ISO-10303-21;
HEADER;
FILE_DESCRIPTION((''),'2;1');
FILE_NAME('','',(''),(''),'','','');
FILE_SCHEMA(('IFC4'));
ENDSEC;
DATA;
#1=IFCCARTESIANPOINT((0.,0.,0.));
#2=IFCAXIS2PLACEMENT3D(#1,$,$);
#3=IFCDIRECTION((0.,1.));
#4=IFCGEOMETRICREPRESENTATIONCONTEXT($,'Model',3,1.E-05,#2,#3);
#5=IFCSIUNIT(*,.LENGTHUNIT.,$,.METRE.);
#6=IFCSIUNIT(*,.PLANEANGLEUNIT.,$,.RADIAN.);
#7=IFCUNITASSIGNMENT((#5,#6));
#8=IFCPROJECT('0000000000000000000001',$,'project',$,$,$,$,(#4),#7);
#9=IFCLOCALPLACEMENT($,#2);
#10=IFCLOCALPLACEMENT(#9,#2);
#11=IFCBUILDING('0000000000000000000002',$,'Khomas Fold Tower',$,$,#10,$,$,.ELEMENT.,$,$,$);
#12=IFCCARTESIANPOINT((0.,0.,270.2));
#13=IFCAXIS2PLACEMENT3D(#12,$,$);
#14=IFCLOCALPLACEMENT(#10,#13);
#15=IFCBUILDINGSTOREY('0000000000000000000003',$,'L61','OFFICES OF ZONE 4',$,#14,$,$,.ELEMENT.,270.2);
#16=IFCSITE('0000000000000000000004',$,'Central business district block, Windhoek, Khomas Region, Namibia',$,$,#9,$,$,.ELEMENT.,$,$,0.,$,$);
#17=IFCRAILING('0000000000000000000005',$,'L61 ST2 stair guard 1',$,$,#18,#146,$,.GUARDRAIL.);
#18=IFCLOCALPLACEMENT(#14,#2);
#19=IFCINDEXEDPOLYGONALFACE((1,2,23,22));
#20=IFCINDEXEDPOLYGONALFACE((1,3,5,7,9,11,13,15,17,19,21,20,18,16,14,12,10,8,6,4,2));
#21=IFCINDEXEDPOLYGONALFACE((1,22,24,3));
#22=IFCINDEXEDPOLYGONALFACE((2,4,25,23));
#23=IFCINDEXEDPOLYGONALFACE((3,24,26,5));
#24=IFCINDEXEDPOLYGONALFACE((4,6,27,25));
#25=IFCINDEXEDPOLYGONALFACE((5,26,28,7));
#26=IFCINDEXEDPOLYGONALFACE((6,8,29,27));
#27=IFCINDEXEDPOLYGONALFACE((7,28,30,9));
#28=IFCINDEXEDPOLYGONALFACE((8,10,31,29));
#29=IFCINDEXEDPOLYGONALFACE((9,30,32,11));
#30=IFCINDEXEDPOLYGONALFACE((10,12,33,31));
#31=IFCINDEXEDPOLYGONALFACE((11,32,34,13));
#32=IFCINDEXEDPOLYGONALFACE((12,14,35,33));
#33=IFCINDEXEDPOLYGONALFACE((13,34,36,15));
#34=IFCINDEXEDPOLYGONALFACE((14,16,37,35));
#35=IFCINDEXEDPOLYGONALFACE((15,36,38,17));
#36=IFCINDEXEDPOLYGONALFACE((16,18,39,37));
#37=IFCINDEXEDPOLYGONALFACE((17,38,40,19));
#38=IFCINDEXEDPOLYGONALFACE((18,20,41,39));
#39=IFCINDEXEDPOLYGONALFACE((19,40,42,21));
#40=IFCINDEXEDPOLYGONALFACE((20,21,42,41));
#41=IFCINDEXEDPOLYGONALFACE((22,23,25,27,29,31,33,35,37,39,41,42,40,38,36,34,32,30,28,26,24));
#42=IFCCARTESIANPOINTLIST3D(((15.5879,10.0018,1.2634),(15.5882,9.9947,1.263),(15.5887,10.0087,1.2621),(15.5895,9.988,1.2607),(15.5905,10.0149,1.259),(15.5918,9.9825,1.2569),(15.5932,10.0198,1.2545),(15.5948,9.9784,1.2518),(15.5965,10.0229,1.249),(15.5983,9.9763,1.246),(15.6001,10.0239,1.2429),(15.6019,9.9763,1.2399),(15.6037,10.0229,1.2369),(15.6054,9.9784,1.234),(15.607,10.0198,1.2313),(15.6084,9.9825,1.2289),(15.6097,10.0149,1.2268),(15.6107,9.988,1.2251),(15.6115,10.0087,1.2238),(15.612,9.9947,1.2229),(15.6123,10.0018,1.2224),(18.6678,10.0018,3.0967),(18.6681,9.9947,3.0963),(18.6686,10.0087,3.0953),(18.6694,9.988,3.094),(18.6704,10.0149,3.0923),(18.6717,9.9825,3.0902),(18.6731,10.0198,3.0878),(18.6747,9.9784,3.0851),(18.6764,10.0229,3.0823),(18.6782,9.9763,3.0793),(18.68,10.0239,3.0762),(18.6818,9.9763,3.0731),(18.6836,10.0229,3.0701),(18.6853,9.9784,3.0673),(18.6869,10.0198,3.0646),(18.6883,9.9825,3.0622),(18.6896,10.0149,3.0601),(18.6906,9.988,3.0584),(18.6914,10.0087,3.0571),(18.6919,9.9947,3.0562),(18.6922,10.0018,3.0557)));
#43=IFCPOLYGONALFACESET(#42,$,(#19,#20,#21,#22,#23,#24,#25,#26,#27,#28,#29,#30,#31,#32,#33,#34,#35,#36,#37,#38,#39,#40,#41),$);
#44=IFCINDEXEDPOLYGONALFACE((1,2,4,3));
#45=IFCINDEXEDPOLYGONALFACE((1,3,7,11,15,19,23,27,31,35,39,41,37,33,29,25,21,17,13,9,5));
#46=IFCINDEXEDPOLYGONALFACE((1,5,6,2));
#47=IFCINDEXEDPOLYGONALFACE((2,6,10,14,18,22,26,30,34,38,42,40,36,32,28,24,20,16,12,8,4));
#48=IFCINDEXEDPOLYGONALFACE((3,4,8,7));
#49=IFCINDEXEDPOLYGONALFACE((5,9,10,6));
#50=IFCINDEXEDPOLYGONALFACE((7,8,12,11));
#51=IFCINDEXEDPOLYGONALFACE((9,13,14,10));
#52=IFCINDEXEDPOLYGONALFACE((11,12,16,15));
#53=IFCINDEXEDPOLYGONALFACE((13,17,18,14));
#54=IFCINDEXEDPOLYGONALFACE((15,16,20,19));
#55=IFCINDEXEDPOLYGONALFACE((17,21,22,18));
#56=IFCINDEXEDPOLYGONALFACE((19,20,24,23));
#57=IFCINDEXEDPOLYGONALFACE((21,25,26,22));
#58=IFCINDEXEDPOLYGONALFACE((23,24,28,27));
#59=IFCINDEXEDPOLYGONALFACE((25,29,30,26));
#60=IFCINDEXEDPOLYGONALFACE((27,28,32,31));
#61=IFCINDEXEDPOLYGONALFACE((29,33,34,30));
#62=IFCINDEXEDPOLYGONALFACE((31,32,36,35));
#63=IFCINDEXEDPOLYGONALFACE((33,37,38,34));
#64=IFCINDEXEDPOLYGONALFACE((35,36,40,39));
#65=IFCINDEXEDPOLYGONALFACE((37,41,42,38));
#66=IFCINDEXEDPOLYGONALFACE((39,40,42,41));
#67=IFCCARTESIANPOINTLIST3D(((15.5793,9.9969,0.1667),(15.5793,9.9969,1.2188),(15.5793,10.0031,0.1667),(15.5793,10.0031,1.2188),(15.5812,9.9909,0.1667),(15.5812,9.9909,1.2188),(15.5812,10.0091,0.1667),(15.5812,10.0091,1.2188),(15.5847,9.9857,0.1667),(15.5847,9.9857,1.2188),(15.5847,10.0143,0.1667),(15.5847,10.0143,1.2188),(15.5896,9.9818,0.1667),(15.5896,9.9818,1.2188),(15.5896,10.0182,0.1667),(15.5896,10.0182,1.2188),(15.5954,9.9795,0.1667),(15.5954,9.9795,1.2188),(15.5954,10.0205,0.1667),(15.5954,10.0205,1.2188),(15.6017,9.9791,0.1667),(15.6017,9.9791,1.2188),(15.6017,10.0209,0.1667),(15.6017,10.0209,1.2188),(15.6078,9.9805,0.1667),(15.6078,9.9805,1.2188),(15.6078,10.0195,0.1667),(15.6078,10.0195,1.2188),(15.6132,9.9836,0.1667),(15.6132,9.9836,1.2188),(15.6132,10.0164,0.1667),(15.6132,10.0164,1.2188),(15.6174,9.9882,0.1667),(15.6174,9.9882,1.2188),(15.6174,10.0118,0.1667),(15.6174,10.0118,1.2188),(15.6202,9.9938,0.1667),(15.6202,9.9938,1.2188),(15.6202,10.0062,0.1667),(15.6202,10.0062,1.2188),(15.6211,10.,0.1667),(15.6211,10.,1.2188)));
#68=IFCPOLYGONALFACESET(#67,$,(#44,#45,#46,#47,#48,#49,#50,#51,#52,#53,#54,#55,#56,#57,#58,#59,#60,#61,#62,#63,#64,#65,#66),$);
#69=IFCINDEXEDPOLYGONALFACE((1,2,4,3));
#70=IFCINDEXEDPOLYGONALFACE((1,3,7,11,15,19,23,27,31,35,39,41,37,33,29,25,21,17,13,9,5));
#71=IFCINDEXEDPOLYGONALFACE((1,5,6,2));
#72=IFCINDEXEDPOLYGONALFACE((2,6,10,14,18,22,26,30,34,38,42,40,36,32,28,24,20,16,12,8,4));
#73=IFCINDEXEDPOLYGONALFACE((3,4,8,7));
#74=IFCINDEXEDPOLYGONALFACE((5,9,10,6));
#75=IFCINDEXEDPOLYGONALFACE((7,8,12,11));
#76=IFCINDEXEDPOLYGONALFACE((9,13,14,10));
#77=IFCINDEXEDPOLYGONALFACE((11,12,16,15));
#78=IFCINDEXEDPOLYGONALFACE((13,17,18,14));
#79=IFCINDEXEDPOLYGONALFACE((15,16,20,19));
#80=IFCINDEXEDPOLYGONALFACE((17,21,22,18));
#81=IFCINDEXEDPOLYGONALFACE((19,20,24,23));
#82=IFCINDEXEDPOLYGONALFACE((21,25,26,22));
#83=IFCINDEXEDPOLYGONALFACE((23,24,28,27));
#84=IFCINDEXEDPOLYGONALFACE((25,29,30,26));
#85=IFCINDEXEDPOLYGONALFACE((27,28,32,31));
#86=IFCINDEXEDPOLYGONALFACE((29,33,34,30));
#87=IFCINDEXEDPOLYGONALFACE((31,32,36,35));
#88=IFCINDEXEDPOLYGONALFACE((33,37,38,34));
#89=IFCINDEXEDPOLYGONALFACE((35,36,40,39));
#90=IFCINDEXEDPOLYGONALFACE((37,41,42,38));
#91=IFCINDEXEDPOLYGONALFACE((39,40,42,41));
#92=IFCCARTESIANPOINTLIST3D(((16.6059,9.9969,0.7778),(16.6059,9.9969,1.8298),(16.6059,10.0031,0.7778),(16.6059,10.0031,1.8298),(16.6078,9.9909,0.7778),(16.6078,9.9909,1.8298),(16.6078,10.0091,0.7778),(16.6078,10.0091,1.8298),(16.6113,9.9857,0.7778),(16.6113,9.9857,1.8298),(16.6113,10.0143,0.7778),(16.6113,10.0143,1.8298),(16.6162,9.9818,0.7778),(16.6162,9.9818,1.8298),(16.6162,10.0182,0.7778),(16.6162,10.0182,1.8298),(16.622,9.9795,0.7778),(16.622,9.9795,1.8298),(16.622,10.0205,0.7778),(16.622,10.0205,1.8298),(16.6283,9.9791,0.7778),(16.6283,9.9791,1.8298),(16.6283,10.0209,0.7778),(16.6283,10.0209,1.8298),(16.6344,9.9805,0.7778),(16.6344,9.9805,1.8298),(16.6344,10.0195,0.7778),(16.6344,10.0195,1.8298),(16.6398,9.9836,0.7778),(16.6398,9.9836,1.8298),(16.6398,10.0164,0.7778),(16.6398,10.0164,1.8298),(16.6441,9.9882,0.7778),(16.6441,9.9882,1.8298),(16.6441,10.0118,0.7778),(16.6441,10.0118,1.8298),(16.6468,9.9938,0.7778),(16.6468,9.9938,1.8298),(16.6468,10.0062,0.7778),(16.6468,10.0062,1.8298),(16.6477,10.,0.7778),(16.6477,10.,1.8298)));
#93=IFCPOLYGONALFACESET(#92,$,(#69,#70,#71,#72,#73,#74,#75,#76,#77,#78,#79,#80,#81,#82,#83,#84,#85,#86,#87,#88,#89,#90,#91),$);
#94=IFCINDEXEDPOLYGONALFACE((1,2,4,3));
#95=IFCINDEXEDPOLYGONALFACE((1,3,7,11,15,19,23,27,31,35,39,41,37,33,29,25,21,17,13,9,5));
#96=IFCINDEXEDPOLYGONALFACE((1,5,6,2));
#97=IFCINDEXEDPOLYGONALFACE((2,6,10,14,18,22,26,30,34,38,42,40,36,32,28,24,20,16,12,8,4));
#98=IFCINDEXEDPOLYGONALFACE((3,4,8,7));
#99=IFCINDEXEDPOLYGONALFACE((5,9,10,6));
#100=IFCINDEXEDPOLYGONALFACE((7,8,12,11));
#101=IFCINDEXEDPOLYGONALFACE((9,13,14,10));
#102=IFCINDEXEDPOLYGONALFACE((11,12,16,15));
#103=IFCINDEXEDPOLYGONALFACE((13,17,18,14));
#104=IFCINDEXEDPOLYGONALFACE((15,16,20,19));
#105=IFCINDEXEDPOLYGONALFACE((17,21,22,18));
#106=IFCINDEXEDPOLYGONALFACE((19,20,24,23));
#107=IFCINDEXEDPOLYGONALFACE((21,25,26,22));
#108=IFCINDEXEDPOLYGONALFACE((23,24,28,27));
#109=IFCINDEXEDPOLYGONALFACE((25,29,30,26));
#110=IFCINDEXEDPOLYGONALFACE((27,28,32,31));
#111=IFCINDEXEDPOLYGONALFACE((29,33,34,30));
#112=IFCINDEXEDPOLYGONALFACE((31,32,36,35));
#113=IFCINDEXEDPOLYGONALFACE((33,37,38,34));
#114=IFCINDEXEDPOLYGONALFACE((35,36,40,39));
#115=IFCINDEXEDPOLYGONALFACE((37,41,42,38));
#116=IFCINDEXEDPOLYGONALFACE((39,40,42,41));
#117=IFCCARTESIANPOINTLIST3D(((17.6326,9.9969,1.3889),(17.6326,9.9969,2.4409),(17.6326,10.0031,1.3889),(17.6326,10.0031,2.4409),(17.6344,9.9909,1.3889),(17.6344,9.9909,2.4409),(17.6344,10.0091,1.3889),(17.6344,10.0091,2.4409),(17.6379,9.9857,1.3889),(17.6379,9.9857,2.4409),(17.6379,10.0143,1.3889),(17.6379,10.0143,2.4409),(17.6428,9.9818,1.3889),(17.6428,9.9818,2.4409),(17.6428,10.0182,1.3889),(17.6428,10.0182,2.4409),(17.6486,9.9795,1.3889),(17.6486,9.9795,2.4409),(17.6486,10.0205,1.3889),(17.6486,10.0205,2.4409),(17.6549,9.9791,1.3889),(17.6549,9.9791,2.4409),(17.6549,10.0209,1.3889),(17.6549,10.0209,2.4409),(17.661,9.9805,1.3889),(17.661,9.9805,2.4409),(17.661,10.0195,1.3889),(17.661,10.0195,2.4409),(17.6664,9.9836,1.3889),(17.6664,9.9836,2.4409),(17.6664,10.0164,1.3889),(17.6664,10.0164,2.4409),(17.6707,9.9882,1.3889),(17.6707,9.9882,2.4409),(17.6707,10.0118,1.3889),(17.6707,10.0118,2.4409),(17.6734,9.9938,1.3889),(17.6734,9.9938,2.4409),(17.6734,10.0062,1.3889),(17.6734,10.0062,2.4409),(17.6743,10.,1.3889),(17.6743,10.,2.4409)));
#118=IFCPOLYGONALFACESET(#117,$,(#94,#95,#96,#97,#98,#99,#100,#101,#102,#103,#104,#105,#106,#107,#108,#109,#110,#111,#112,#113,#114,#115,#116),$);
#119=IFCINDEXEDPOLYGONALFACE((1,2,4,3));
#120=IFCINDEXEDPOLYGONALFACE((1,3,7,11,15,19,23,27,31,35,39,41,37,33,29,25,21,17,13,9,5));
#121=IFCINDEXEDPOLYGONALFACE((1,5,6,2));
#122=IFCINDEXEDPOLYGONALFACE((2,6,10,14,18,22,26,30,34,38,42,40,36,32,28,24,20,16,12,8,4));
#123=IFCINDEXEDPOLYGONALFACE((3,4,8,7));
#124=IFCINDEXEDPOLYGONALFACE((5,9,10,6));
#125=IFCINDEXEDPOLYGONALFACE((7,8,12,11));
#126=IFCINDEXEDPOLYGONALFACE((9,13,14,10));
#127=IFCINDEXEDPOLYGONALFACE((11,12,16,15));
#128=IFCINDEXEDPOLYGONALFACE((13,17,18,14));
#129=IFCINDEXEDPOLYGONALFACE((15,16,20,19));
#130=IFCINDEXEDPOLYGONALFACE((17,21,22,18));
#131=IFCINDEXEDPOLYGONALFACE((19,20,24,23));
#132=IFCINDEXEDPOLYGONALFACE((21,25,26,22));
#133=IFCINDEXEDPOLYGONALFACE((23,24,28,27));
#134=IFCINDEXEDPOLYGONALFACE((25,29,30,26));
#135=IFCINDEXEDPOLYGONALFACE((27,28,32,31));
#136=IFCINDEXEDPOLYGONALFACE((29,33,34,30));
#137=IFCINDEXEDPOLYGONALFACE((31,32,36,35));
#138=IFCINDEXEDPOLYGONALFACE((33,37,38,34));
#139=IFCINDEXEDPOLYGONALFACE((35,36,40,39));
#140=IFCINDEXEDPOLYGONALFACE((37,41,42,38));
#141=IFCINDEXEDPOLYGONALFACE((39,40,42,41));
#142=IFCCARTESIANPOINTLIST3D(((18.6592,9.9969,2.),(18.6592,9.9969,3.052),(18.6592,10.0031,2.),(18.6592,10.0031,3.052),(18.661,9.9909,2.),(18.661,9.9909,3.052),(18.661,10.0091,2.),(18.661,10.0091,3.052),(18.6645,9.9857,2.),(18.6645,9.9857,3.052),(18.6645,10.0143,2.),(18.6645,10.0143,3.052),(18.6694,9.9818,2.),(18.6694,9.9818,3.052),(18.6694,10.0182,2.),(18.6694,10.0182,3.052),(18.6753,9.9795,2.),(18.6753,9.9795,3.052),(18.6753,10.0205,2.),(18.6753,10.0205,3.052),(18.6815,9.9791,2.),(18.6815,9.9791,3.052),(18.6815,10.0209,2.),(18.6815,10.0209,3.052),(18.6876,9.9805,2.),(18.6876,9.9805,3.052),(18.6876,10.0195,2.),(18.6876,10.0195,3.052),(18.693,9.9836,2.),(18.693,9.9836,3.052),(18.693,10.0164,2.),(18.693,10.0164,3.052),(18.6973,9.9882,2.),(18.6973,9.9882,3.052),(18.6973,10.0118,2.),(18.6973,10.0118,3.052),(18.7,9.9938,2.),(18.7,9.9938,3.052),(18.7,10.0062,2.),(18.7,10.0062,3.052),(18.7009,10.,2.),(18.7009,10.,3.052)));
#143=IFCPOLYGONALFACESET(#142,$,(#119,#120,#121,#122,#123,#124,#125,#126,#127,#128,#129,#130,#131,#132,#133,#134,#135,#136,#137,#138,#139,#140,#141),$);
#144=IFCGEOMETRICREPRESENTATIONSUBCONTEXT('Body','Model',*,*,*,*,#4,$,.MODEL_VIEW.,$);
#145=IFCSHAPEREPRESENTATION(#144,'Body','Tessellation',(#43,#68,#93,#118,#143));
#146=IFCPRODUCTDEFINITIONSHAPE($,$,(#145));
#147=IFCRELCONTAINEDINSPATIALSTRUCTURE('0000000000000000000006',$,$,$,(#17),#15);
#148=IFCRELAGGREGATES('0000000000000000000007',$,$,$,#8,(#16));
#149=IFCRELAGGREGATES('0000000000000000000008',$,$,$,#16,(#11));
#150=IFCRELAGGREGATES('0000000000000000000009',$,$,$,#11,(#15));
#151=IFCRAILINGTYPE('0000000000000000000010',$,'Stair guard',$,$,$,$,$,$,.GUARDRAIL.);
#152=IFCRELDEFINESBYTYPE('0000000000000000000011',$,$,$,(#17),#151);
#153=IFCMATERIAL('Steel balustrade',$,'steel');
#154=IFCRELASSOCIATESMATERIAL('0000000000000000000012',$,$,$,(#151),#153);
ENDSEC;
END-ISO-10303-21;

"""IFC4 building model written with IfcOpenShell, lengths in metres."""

from ifc_helpers import new_model, si_unit, direction, frame, origin, origin_2d, place, context, subcontext, project, spatial, circle, extrude, source, transform, mapped, material, type_object, element, save


model = new_model("IFC4")

# Units and contexts
model_context = context("Model", 3, precision=1e-05, world=origin(), true_north=direction((0.0, 1.0)))
body_context = subcontext(model_context, "Body", "Model", "MODEL_VIEW")
ifc_project = project(units=[si_unit("LENGTHUNIT", "METRE"), si_unit("PLANEANGLEUNIT", "RADIAN")], contexts=[model_context])

# Site, building, storey
site_placement = place(None, origin())
site = spatial("IfcSite", under=ifc_project, at=site_placement, Name="Central business district block, Windhoek, Khomas Region, Namibia", CompositionType="ELEMENT", RefElevation=0.0)
building_placement = place(site_placement, origin())
building = spatial("IfcBuilding", under=site, at=building_placement, Name="Khomas Fold Tower", CompositionType="ELEMENT")
storey_placement = place(building_placement, frame((0.0, 0.0, 270.2)))
storey = spatial("IfcBuildingStorey", under=building, at=storey_placement, Name="L61", Description="OFFICES OF ZONE 4", CompositionType="ELEMENT", Elevation=270.2)

# Railing
ifc_material_1 = material(Name="Steel balustrade", Category="steel")
railing_type_1 = type_object("IfcRailingType", Name="Stair guard", PredefinedType="GUARDRAIL", material=ifc_material_1)
shared_shape_1 = source(origin(), body_context, "Body", "SweptSolid", [
    extrude(circle(Radius=0.0239, at=origin_2d()), frame((0.0, 0.0, 1.0762), z_axis=(0.859291, 0.0, 0.511487), x_axis=(0.0, 1.0, 0.0)), (0.0, 0.0, 1.0), 3.5842),
    extrude(circle(Radius=0.021, at=origin_2d()), origin(), (0.0, 0.0, 1.0), 1.052),
    extrude(circle(Radius=0.021, at=origin_2d()), frame((1.0266, 0.0, 0.6111)), (0.0, 0.0, 1.0), 1.052),
    extrude(circle(Radius=0.021, at=origin_2d()), frame((2.0532, 0.0, 1.2222)), (0.0, 0.0, 1.0), 1.052),
    extrude(circle(Radius=0.021, at=origin_2d()), frame((3.0798, 0.0, 1.8333)), (0.0, 0.0, 1.0), 1.052),
])
railing_1_placement = place(storey_placement, frame((15.6001, 10.0, 0.1667)))
element("IfcRailing", 1, at=railing_1_placement, inside=storey, type_object=railing_type_1, Name="L61 ST2 stair guard 1", PredefinedType="GUARDRAIL", context=body_context, shape_type="MappedRepresentation", body=[
    mapped(shared_shape_1, transform((0.0, 0.0, 0.0))),
])

save(model, "model.ifc")
